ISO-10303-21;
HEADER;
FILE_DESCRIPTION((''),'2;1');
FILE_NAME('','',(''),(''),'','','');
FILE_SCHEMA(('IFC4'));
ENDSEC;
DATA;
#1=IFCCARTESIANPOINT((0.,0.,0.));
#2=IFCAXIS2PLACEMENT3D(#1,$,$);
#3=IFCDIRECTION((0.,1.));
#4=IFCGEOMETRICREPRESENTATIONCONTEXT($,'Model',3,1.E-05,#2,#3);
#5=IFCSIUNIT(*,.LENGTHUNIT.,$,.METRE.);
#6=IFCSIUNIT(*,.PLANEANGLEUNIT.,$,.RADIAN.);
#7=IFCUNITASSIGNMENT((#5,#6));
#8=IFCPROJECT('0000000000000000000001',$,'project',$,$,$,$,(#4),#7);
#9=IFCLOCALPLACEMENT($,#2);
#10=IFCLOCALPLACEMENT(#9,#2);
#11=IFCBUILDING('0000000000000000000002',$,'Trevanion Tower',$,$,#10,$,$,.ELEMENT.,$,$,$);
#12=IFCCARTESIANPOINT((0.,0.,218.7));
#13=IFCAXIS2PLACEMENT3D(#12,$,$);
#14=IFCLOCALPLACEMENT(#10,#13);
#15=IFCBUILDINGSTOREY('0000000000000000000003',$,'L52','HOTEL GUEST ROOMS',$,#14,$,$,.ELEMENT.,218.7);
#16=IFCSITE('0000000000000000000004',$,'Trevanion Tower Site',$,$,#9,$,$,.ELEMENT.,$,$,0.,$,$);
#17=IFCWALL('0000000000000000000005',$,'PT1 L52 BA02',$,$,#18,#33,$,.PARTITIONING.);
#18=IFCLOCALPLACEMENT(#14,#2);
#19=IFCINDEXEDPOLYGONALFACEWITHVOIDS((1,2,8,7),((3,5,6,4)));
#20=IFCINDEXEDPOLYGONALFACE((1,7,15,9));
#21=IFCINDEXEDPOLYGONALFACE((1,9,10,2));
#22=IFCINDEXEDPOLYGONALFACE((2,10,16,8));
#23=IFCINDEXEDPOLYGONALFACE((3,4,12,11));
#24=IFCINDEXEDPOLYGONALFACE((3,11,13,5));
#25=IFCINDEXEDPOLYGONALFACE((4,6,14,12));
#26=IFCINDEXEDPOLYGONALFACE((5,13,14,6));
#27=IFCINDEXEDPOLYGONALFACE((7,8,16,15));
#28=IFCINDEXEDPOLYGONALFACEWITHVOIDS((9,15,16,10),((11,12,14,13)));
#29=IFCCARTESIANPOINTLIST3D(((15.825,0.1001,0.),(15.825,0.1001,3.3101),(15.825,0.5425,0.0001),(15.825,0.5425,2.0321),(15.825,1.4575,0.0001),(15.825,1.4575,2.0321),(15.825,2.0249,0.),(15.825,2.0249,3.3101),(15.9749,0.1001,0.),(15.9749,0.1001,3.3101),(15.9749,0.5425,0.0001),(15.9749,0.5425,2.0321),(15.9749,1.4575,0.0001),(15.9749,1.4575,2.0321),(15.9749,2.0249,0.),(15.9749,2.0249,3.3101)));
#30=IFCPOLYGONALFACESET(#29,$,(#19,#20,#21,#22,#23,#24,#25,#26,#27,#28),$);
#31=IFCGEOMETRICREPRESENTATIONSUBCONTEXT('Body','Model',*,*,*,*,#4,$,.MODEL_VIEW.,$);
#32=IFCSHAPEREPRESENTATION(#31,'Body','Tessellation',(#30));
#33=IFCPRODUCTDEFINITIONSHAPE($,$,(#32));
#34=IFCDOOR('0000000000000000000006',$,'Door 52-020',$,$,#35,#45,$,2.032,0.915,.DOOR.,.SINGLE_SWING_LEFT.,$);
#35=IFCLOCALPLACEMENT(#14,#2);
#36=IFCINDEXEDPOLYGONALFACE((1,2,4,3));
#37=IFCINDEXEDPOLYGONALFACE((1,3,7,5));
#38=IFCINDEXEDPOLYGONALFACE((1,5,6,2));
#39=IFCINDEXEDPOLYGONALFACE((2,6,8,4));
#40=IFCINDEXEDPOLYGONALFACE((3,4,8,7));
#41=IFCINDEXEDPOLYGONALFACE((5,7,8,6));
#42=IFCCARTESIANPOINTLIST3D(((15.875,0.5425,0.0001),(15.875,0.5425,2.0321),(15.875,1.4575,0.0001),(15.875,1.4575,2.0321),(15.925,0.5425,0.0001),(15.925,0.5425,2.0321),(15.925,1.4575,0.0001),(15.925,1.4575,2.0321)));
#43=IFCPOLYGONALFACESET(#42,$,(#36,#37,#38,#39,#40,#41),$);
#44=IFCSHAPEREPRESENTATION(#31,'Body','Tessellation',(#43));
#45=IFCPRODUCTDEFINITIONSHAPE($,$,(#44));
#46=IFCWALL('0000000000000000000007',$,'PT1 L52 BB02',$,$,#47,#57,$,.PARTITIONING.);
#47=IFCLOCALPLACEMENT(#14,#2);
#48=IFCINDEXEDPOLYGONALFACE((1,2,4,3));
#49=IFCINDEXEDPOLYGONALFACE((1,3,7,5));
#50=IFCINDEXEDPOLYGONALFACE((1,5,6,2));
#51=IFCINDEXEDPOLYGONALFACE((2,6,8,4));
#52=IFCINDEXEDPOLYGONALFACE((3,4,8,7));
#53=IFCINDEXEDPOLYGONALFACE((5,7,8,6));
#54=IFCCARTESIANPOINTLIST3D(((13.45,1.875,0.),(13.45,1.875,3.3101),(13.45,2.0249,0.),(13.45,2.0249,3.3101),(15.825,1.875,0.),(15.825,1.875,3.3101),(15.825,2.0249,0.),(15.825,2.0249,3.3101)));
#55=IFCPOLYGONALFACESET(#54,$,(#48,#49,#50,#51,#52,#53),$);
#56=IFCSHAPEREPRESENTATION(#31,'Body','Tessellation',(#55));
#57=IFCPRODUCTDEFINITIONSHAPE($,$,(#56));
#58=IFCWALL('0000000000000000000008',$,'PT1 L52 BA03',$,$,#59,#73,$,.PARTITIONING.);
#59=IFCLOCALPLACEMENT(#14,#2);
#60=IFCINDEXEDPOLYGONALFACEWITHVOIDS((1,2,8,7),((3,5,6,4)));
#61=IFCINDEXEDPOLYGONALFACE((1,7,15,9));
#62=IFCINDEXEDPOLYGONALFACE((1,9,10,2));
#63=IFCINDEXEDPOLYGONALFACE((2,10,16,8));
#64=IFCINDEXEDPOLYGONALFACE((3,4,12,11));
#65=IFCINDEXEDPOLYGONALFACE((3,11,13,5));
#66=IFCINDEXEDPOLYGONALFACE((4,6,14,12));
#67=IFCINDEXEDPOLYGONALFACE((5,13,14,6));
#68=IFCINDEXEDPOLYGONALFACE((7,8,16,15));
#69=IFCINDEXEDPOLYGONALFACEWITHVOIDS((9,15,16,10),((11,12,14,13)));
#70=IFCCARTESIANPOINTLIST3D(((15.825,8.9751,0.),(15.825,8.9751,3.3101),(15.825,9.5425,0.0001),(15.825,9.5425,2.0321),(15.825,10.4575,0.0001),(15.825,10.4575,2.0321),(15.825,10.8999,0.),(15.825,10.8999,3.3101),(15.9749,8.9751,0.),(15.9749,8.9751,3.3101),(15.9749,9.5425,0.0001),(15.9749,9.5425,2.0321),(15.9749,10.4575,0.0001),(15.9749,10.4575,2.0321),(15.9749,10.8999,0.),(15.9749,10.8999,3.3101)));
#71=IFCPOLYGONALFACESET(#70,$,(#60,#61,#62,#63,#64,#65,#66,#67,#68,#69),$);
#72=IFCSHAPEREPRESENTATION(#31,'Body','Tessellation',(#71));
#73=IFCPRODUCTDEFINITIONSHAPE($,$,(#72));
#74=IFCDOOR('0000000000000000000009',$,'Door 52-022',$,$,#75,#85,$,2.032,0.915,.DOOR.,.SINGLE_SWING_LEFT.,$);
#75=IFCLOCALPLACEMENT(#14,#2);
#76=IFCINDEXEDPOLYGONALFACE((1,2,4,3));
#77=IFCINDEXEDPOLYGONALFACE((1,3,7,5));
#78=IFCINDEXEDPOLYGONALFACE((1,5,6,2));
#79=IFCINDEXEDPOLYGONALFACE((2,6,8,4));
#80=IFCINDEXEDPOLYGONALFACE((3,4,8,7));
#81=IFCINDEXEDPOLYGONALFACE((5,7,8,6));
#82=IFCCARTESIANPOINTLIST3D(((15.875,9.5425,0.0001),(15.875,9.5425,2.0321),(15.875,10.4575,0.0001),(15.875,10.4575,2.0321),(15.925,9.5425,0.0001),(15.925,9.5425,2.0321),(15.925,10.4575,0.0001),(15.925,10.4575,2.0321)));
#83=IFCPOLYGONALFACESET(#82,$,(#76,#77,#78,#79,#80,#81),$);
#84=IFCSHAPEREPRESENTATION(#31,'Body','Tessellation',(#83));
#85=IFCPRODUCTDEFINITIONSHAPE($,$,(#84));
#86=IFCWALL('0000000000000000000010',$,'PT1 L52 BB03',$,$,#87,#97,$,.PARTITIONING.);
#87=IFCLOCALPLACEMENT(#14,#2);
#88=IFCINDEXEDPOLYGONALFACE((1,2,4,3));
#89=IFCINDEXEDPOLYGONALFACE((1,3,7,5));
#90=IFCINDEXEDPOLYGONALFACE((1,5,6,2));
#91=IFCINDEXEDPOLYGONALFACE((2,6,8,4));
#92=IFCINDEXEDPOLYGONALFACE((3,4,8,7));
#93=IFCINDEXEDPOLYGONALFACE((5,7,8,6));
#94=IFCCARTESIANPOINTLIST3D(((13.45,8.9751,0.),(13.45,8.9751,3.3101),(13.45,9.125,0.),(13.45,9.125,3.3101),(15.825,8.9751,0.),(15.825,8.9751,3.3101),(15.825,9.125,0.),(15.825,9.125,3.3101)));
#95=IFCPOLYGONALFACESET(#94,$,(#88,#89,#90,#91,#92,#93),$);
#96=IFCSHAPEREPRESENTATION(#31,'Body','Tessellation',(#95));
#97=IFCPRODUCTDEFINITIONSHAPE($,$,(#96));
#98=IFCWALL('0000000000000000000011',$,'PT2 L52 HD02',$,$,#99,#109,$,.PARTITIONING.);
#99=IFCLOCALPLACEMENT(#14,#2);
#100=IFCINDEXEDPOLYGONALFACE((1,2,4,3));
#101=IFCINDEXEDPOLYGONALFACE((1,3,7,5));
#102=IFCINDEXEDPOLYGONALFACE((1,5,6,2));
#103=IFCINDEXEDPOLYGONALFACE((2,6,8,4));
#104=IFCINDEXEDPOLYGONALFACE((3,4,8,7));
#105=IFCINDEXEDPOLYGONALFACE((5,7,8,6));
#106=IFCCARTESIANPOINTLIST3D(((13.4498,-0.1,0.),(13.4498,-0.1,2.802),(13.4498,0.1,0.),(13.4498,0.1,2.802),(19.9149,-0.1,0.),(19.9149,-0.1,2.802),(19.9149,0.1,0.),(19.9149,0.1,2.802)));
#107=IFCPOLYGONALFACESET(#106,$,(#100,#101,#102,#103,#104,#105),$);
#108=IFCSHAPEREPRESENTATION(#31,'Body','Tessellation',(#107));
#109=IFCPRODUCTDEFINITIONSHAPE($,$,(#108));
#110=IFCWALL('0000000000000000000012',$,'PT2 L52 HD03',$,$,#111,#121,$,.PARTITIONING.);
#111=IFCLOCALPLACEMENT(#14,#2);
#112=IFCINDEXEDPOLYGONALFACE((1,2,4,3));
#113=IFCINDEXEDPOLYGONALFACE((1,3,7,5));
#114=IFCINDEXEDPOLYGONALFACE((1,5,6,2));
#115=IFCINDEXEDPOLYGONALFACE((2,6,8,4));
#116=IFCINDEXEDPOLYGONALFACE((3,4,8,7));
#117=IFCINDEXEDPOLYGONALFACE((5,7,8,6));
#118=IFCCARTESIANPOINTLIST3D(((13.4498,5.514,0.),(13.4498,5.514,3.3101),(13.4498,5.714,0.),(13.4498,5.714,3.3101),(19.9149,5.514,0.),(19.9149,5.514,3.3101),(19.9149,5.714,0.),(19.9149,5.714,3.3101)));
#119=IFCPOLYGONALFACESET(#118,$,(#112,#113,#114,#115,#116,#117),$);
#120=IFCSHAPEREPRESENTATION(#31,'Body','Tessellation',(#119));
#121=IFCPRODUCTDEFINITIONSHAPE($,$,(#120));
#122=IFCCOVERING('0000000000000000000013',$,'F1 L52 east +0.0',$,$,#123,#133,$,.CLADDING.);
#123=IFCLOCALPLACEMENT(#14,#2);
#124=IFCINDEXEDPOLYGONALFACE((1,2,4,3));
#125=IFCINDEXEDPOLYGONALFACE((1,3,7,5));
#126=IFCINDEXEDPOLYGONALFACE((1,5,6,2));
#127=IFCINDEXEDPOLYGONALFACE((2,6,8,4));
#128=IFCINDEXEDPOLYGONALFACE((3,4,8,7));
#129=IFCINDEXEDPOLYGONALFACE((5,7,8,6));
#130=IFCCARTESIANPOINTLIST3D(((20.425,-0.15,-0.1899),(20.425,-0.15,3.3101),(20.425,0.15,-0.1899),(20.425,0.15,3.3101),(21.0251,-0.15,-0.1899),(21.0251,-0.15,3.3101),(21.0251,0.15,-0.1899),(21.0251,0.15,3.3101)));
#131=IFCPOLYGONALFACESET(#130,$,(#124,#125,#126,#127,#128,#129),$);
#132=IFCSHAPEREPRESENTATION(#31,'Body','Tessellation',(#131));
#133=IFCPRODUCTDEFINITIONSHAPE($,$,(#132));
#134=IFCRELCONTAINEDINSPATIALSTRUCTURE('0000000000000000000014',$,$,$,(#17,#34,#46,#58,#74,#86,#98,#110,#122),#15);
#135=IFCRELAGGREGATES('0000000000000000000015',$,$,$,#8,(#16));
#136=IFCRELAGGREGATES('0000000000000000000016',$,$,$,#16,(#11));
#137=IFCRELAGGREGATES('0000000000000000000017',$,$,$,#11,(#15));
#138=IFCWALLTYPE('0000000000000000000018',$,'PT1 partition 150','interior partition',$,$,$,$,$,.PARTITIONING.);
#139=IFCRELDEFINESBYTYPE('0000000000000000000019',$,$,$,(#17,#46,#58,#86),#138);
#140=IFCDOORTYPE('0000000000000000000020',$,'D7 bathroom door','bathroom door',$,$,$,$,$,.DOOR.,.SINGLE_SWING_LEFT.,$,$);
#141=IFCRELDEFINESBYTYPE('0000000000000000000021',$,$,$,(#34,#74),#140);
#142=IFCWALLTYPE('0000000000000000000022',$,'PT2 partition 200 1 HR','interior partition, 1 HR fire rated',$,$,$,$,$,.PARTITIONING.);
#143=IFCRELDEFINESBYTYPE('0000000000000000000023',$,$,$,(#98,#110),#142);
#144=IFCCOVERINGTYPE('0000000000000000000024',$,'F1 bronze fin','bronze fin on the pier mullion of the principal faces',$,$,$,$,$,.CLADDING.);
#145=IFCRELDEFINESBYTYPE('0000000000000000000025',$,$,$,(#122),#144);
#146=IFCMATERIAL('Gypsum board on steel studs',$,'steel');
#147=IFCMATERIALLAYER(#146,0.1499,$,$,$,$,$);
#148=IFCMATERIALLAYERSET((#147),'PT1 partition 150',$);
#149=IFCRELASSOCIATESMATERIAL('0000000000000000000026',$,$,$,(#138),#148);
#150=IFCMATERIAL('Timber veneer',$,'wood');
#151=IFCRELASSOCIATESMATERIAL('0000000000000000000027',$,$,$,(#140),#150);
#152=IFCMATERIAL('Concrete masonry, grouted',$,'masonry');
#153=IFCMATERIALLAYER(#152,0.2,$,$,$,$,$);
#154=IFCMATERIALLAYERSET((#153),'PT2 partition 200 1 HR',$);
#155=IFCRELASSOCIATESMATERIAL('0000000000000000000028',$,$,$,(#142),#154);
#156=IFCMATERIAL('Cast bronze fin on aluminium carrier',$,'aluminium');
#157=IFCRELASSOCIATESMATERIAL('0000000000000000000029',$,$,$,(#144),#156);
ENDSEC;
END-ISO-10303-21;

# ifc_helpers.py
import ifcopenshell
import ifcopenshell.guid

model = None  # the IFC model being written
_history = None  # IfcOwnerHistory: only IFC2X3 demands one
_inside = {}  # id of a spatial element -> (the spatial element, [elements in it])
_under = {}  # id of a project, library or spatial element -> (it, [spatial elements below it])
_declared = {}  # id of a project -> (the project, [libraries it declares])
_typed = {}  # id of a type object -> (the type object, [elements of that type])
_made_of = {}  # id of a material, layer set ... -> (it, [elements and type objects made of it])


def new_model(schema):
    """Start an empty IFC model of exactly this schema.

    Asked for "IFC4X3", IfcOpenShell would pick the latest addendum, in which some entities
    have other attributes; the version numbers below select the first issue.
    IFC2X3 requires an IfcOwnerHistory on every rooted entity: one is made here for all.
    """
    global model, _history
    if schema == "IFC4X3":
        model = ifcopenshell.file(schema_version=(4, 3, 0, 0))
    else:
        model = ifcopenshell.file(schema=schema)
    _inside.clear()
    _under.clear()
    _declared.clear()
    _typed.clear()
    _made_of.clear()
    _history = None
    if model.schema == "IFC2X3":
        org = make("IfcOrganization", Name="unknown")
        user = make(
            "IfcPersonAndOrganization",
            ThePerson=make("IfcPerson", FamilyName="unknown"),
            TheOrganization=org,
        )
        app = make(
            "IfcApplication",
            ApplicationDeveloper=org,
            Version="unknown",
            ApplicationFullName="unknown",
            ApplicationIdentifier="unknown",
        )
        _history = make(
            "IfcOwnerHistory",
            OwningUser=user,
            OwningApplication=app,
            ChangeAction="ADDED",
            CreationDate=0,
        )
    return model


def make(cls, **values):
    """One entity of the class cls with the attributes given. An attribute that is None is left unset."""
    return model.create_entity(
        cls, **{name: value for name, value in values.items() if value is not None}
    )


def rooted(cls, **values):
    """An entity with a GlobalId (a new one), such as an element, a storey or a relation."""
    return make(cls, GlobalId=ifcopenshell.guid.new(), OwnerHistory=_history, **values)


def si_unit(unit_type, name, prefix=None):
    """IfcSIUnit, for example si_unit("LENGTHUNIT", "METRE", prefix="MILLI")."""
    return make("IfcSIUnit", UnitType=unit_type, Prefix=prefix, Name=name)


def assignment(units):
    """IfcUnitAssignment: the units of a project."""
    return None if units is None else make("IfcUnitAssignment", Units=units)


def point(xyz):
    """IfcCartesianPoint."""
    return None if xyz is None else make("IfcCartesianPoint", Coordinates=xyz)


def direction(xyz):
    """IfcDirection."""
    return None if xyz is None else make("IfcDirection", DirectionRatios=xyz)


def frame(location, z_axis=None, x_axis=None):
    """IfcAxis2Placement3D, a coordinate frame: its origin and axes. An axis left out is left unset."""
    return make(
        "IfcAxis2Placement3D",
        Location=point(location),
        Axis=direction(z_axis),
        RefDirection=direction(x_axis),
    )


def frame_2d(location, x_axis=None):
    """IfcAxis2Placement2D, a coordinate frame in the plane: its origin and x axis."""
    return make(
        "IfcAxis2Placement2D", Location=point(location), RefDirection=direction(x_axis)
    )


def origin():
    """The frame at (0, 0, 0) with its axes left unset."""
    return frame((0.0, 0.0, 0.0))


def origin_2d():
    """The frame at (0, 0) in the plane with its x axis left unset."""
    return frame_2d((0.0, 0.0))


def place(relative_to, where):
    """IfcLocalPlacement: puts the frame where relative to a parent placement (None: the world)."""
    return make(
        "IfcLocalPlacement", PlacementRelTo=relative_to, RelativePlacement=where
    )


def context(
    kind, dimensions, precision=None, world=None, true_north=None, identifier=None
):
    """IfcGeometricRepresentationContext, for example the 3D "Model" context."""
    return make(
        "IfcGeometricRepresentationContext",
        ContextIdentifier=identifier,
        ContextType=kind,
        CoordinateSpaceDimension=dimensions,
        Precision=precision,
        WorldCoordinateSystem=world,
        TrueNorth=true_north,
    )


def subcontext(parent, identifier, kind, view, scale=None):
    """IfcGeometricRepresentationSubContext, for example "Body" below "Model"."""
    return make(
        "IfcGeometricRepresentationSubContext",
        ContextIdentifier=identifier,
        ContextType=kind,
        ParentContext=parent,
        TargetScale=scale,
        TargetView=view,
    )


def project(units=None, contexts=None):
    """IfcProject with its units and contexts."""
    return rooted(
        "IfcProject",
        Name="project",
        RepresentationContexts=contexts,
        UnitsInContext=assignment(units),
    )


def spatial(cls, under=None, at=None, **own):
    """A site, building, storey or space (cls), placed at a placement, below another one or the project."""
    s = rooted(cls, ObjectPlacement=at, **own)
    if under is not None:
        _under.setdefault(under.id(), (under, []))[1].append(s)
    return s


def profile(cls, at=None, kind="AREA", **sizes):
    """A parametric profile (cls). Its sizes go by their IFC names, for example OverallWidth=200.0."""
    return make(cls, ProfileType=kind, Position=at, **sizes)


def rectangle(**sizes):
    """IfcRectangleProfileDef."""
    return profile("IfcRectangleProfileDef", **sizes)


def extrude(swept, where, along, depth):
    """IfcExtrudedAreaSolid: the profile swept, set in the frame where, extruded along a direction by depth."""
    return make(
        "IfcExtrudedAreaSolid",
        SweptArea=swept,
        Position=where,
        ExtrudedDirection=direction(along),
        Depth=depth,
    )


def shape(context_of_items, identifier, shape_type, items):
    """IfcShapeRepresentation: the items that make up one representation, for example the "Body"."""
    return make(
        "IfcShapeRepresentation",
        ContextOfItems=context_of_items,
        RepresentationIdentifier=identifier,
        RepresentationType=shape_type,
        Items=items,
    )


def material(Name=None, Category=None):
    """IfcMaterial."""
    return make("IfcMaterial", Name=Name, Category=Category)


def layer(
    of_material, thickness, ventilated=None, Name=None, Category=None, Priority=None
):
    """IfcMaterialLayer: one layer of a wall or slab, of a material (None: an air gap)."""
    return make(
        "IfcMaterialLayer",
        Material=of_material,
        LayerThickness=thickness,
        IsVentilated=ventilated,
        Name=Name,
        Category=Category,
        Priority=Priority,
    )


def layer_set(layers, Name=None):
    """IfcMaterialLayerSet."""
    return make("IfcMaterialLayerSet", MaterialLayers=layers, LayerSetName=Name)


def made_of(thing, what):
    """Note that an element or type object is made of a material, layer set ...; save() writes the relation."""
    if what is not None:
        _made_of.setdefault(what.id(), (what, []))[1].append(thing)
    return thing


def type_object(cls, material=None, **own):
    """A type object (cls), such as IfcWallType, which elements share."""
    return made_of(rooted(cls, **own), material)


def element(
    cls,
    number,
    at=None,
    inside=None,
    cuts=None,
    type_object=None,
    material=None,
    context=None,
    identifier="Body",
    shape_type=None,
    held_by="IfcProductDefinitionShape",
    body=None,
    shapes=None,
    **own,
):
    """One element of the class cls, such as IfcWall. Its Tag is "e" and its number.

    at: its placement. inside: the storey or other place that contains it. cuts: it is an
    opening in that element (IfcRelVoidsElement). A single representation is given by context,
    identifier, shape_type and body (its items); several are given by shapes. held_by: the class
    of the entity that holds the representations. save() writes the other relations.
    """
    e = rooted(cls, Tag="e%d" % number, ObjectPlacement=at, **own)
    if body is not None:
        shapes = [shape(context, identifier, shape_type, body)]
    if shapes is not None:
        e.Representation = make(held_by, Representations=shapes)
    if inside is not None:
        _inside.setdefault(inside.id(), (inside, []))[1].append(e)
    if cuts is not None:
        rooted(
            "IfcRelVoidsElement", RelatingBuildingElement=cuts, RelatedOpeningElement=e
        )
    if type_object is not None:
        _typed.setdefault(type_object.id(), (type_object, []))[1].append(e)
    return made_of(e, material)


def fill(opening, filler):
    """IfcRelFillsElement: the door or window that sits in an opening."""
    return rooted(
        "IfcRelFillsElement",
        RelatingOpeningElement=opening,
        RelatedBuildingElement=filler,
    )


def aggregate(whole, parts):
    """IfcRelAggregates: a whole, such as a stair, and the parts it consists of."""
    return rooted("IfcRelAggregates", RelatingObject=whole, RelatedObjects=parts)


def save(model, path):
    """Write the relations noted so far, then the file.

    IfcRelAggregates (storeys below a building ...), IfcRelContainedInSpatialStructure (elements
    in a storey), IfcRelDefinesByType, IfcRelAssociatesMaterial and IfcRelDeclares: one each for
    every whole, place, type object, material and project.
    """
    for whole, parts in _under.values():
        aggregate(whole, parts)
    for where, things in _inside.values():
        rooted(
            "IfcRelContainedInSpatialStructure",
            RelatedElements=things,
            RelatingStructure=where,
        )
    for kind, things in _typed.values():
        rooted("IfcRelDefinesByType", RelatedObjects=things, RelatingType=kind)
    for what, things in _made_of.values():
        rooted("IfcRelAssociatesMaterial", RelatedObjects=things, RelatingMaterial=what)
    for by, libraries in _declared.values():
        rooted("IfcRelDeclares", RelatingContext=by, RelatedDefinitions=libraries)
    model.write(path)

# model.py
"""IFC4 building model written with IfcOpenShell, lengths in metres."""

from ifc_helpers import new_model, si_unit, direction, frame, frame_2d, origin, origin_2d, place, context, subcontext, project, spatial, rectangle, extrude, material, layer, layer_set, type_object, element, fill, save


model = new_model("IFC4")

# Units and contexts
model_context = context("Model", 3, precision=1e-05, world=origin(), true_north=direction((0.0, 1.0)))
body_context = subcontext(model_context, "Body", "Model", "MODEL_VIEW")
ifc_project = project(units=[si_unit("LENGTHUNIT", "METRE"), si_unit("PLANEANGLEUNIT", "RADIAN")], contexts=[model_context])

# Site, building, storey
site_placement = place(None, origin())
site = spatial("IfcSite", under=ifc_project, at=site_placement, Name="Trevanion Tower Site", CompositionType="ELEMENT", RefElevation=0.0)
building_placement = place(site_placement, origin())
building = spatial("IfcBuilding", under=site, at=building_placement, Name="Trevanion Tower", CompositionType="ELEMENT")
storey_placement = place(building_placement, frame((0.0, 0.0, 218.7)))
storey = spatial("IfcBuildingStorey", under=building, at=storey_placement, Name="L52", Description="HOTEL GUEST ROOMS", CompositionType="ELEMENT", Elevation=218.7)

# Wall, opening, door
ifc_material_1 = material(Name="Gypsum board on steel studs", Category="steel")
ifc_layer_1 = layer(ifc_material_1, 0.1499)
ifc_layer_set_1 = layer_set([ifc_layer_1], Name="PT1 partition 150")
wall_type_1 = type_object("IfcWallType", Name="PT1 partition 150", Description="interior partition", PredefinedType="PARTITIONING", material=ifc_layer_set_1)
wall_1_placement = place(storey_placement, frame((15.8999, 0.1001, 0.0), z_axis=(0.0, 0.0, 1.0), x_axis=(0.0, 1.0, 0.0)))
wall_1 = element("IfcWall", 1, at=wall_1_placement, inside=storey, type_object=wall_type_1, Name="PT1 L52 BA02", PredefinedType="PARTITIONING", context=body_context, shape_type="SweptSolid", body=[
    extrude(rectangle(XDim=1.9248, YDim=0.1499, at=frame_2d((0.9624, 0.0))), origin(), (0.0, 0.0, 1.0), 3.3101),
])
opening_1_placement = place(wall_1_placement, frame((0.4424, 0.0, 0.0)))
opening_1 = element("IfcOpeningElement", 2, at=opening_1_placement, cuts=wall_1, PredefinedType="OPENING", context=body_context, shape_type="SweptSolid", body=[
    extrude(rectangle(XDim=0.915, YDim=2.032, at=frame_2d((0.4575, 1.0161))), frame((0.0, 0.085, 0.0), z_axis=(0.0, -1.0, 0.0), x_axis=(1.0, 0.0, 0.0)), (0.0, 0.0, 1.0), 0.1699),
])
ifc_material_2 = material(Name="Timber veneer", Category="wood")
door_type = type_object("IfcDoorType", Name="D7 bathroom door", Description="bathroom door", OperationType="SINGLE_SWING_LEFT", PredefinedType="DOOR", material=ifc_material_2)
door_1_placement = place(opening_1_placement, origin())
door_1 = element("IfcDoor", 3, at=door_1_placement, inside=storey, type_object=door_type, Name="Door 52-020", OperationType="SINGLE_SWING_LEFT", OverallHeight=2.032, OverallWidth=0.915, PredefinedType="DOOR", context=body_context, shape_type="SweptSolid", body=[
    extrude(rectangle(XDim=0.915, YDim=2.032, at=frame_2d((0.4575, 1.0161))), frame((0.0, 0.0249, 0.0), z_axis=(0.0, -1.0, 0.0), x_axis=(1.0, 0.0, 0.0)), (0.0, 0.0, 1.0), 0.05),
])
fill(opening_1, door_1)

# Wall
wall_2_placement = place(storey_placement, frame((13.45, 1.95, 0.0), z_axis=(0.0, 0.0, 1.0), x_axis=(1.0, 0.0, 0.0)))
element("IfcWall", 4, at=wall_2_placement, inside=storey, type_object=wall_type_1, Name="PT1 L52 BB02", PredefinedType="PARTITIONING", context=body_context, shape_type="SweptSolid", body=[
    extrude(rectangle(XDim=2.375, YDim=0.1499, at=frame_2d((1.1875, 0.0))), origin(), (0.0, 0.0, 1.0), 3.3101),
])

# Wall, opening, door
wall_3_placement = place(storey_placement, frame((15.8999, 8.9751, 0.0), z_axis=(0.0, 0.0, 1.0), x_axis=(0.0, 1.0, 0.0)))
wall_3 = element("IfcWall", 5, at=wall_3_placement, inside=storey, type_object=wall_type_1, Name="PT1 L52 BA03", PredefinedType="PARTITIONING", context=body_context, shape_type="SweptSolid", body=[
    extrude(rectangle(XDim=1.9248, YDim=0.1499, at=frame_2d((0.9624, 0.0))), origin(), (0.0, 0.0, 1.0), 3.3101),
])
opening_2_placement = place(wall_3_placement, frame((0.5674, 0.0, 0.0)))
opening_2 = element("IfcOpeningElement", 6, at=opening_2_placement, cuts=wall_3, PredefinedType="OPENING", context=body_context, shape_type="SweptSolid", body=[
    extrude(rectangle(XDim=0.915, YDim=2.032, at=frame_2d((0.4575, 1.0161))), frame((0.0, 0.085, 0.0), z_axis=(0.0, -1.0, 0.0), x_axis=(1.0, 0.0, 0.0)), (0.0, 0.0, 1.0), 0.1699),
])
door_2_placement = place(opening_2_placement, origin())
door_2 = element("IfcDoor", 7, at=door_2_placement, inside=storey, type_object=door_type, Name="Door 52-022", OperationType="SINGLE_SWING_LEFT", OverallHeight=2.032, OverallWidth=0.915, PredefinedType="DOOR", context=body_context, shape_type="SweptSolid", body=[
    extrude(rectangle(XDim=0.915, YDim=2.032, at=frame_2d((0.4575, 1.0161))), frame((0.0, 0.0249, 0.0), z_axis=(0.0, -1.0, 0.0), x_axis=(1.0, 0.0, 0.0)), (0.0, 0.0, 1.0), 0.05),
])
fill(opening_2, door_2)

# Walls
wall_4_placement = place(storey_placement, frame((13.45, 9.05, 0.0), z_axis=(0.0, 0.0, 1.0), x_axis=(1.0, 0.0, 0.0)))
element("IfcWall", 8, at=wall_4_placement, inside=storey, type_object=wall_type_1, Name="PT1 L52 BB03", PredefinedType="PARTITIONING", context=body_context, shape_type="SweptSolid", body=[
    extrude(rectangle(XDim=2.375, YDim=0.1499, at=frame_2d((1.1875, 0.0))), origin(), (0.0, 0.0, 1.0), 3.3101),
])
ifc_material_3 = material(Name="Concrete masonry, grouted", Category="masonry")
ifc_layer_2 = layer(ifc_material_3, 0.2)
ifc_layer_set_2 = layer_set([ifc_layer_2], Name="PT2 partition 200 1 HR")
wall_type_2 = type_object("IfcWallType", Name="PT2 partition 200 1 HR", Description="interior partition, 1 HR fire rated", PredefinedType="PARTITIONING", material=ifc_layer_set_2)
wall_5_placement = place(storey_placement, frame((13.45, 0.0, 0.0), z_axis=(0.0, 0.0, 1.0), x_axis=(1.0, 0.0, 0.0)))
element("IfcWall", 9, at=wall_5_placement, inside=storey, type_object=wall_type_2, Name="PT2 L52 HD02", PredefinedType="PARTITIONING", context=body_context, shape_type="SweptSolid", body=[
    extrude(rectangle(XDim=6.4651, YDim=0.2, at=frame_2d((3.2324, 0.0))), origin(), (0.0, 0.0, 1.0), 2.802),
])
wall_6_placement = place(storey_placement, frame((13.45, 5.614, 0.0), z_axis=(0.0, 0.0, 1.0), x_axis=(1.0, 0.0, 0.0)))
element("IfcWall", 10, at=wall_6_placement, inside=storey, type_object=wall_type_2, Name="PT2 L52 HD03", PredefinedType="PARTITIONING", context=body_context, shape_type="SweptSolid", body=[
    extrude(rectangle(XDim=6.4651, YDim=0.2, at=frame_2d((3.2324, 0.0))), origin(), (0.0, 0.0, 1.0), 3.3101),
])

# Covering
ifc_material_4 = material(Name="Cast bronze fin on aluminium carrier", Category="aluminium")
covering_type = type_object("IfcCoveringType", Name="F1 bronze fin", Description="bronze fin on the pier mullion of the principal faces", PredefinedType="CLADDING", material=ifc_material_4)
covering_placement = place(storey_placement, frame((20.7251, 0.0, -0.1899), z_axis=(0.0, 0.0, 1.0), x_axis=(0.0, 1.0, 0.0)))
element("IfcCovering", 11, at=covering_placement, inside=storey, type_object=covering_type, Name="F1 L52 east +0.0", PredefinedType="CLADDING", context=body_context, shape_type="SweptSolid", body=[
    extrude(rectangle(XDim=0.3, YDim=0.6001, at=origin_2d()), origin(), (0.0, 0.0, 1.0), 3.5),
])

save(model, "model.ifc")
